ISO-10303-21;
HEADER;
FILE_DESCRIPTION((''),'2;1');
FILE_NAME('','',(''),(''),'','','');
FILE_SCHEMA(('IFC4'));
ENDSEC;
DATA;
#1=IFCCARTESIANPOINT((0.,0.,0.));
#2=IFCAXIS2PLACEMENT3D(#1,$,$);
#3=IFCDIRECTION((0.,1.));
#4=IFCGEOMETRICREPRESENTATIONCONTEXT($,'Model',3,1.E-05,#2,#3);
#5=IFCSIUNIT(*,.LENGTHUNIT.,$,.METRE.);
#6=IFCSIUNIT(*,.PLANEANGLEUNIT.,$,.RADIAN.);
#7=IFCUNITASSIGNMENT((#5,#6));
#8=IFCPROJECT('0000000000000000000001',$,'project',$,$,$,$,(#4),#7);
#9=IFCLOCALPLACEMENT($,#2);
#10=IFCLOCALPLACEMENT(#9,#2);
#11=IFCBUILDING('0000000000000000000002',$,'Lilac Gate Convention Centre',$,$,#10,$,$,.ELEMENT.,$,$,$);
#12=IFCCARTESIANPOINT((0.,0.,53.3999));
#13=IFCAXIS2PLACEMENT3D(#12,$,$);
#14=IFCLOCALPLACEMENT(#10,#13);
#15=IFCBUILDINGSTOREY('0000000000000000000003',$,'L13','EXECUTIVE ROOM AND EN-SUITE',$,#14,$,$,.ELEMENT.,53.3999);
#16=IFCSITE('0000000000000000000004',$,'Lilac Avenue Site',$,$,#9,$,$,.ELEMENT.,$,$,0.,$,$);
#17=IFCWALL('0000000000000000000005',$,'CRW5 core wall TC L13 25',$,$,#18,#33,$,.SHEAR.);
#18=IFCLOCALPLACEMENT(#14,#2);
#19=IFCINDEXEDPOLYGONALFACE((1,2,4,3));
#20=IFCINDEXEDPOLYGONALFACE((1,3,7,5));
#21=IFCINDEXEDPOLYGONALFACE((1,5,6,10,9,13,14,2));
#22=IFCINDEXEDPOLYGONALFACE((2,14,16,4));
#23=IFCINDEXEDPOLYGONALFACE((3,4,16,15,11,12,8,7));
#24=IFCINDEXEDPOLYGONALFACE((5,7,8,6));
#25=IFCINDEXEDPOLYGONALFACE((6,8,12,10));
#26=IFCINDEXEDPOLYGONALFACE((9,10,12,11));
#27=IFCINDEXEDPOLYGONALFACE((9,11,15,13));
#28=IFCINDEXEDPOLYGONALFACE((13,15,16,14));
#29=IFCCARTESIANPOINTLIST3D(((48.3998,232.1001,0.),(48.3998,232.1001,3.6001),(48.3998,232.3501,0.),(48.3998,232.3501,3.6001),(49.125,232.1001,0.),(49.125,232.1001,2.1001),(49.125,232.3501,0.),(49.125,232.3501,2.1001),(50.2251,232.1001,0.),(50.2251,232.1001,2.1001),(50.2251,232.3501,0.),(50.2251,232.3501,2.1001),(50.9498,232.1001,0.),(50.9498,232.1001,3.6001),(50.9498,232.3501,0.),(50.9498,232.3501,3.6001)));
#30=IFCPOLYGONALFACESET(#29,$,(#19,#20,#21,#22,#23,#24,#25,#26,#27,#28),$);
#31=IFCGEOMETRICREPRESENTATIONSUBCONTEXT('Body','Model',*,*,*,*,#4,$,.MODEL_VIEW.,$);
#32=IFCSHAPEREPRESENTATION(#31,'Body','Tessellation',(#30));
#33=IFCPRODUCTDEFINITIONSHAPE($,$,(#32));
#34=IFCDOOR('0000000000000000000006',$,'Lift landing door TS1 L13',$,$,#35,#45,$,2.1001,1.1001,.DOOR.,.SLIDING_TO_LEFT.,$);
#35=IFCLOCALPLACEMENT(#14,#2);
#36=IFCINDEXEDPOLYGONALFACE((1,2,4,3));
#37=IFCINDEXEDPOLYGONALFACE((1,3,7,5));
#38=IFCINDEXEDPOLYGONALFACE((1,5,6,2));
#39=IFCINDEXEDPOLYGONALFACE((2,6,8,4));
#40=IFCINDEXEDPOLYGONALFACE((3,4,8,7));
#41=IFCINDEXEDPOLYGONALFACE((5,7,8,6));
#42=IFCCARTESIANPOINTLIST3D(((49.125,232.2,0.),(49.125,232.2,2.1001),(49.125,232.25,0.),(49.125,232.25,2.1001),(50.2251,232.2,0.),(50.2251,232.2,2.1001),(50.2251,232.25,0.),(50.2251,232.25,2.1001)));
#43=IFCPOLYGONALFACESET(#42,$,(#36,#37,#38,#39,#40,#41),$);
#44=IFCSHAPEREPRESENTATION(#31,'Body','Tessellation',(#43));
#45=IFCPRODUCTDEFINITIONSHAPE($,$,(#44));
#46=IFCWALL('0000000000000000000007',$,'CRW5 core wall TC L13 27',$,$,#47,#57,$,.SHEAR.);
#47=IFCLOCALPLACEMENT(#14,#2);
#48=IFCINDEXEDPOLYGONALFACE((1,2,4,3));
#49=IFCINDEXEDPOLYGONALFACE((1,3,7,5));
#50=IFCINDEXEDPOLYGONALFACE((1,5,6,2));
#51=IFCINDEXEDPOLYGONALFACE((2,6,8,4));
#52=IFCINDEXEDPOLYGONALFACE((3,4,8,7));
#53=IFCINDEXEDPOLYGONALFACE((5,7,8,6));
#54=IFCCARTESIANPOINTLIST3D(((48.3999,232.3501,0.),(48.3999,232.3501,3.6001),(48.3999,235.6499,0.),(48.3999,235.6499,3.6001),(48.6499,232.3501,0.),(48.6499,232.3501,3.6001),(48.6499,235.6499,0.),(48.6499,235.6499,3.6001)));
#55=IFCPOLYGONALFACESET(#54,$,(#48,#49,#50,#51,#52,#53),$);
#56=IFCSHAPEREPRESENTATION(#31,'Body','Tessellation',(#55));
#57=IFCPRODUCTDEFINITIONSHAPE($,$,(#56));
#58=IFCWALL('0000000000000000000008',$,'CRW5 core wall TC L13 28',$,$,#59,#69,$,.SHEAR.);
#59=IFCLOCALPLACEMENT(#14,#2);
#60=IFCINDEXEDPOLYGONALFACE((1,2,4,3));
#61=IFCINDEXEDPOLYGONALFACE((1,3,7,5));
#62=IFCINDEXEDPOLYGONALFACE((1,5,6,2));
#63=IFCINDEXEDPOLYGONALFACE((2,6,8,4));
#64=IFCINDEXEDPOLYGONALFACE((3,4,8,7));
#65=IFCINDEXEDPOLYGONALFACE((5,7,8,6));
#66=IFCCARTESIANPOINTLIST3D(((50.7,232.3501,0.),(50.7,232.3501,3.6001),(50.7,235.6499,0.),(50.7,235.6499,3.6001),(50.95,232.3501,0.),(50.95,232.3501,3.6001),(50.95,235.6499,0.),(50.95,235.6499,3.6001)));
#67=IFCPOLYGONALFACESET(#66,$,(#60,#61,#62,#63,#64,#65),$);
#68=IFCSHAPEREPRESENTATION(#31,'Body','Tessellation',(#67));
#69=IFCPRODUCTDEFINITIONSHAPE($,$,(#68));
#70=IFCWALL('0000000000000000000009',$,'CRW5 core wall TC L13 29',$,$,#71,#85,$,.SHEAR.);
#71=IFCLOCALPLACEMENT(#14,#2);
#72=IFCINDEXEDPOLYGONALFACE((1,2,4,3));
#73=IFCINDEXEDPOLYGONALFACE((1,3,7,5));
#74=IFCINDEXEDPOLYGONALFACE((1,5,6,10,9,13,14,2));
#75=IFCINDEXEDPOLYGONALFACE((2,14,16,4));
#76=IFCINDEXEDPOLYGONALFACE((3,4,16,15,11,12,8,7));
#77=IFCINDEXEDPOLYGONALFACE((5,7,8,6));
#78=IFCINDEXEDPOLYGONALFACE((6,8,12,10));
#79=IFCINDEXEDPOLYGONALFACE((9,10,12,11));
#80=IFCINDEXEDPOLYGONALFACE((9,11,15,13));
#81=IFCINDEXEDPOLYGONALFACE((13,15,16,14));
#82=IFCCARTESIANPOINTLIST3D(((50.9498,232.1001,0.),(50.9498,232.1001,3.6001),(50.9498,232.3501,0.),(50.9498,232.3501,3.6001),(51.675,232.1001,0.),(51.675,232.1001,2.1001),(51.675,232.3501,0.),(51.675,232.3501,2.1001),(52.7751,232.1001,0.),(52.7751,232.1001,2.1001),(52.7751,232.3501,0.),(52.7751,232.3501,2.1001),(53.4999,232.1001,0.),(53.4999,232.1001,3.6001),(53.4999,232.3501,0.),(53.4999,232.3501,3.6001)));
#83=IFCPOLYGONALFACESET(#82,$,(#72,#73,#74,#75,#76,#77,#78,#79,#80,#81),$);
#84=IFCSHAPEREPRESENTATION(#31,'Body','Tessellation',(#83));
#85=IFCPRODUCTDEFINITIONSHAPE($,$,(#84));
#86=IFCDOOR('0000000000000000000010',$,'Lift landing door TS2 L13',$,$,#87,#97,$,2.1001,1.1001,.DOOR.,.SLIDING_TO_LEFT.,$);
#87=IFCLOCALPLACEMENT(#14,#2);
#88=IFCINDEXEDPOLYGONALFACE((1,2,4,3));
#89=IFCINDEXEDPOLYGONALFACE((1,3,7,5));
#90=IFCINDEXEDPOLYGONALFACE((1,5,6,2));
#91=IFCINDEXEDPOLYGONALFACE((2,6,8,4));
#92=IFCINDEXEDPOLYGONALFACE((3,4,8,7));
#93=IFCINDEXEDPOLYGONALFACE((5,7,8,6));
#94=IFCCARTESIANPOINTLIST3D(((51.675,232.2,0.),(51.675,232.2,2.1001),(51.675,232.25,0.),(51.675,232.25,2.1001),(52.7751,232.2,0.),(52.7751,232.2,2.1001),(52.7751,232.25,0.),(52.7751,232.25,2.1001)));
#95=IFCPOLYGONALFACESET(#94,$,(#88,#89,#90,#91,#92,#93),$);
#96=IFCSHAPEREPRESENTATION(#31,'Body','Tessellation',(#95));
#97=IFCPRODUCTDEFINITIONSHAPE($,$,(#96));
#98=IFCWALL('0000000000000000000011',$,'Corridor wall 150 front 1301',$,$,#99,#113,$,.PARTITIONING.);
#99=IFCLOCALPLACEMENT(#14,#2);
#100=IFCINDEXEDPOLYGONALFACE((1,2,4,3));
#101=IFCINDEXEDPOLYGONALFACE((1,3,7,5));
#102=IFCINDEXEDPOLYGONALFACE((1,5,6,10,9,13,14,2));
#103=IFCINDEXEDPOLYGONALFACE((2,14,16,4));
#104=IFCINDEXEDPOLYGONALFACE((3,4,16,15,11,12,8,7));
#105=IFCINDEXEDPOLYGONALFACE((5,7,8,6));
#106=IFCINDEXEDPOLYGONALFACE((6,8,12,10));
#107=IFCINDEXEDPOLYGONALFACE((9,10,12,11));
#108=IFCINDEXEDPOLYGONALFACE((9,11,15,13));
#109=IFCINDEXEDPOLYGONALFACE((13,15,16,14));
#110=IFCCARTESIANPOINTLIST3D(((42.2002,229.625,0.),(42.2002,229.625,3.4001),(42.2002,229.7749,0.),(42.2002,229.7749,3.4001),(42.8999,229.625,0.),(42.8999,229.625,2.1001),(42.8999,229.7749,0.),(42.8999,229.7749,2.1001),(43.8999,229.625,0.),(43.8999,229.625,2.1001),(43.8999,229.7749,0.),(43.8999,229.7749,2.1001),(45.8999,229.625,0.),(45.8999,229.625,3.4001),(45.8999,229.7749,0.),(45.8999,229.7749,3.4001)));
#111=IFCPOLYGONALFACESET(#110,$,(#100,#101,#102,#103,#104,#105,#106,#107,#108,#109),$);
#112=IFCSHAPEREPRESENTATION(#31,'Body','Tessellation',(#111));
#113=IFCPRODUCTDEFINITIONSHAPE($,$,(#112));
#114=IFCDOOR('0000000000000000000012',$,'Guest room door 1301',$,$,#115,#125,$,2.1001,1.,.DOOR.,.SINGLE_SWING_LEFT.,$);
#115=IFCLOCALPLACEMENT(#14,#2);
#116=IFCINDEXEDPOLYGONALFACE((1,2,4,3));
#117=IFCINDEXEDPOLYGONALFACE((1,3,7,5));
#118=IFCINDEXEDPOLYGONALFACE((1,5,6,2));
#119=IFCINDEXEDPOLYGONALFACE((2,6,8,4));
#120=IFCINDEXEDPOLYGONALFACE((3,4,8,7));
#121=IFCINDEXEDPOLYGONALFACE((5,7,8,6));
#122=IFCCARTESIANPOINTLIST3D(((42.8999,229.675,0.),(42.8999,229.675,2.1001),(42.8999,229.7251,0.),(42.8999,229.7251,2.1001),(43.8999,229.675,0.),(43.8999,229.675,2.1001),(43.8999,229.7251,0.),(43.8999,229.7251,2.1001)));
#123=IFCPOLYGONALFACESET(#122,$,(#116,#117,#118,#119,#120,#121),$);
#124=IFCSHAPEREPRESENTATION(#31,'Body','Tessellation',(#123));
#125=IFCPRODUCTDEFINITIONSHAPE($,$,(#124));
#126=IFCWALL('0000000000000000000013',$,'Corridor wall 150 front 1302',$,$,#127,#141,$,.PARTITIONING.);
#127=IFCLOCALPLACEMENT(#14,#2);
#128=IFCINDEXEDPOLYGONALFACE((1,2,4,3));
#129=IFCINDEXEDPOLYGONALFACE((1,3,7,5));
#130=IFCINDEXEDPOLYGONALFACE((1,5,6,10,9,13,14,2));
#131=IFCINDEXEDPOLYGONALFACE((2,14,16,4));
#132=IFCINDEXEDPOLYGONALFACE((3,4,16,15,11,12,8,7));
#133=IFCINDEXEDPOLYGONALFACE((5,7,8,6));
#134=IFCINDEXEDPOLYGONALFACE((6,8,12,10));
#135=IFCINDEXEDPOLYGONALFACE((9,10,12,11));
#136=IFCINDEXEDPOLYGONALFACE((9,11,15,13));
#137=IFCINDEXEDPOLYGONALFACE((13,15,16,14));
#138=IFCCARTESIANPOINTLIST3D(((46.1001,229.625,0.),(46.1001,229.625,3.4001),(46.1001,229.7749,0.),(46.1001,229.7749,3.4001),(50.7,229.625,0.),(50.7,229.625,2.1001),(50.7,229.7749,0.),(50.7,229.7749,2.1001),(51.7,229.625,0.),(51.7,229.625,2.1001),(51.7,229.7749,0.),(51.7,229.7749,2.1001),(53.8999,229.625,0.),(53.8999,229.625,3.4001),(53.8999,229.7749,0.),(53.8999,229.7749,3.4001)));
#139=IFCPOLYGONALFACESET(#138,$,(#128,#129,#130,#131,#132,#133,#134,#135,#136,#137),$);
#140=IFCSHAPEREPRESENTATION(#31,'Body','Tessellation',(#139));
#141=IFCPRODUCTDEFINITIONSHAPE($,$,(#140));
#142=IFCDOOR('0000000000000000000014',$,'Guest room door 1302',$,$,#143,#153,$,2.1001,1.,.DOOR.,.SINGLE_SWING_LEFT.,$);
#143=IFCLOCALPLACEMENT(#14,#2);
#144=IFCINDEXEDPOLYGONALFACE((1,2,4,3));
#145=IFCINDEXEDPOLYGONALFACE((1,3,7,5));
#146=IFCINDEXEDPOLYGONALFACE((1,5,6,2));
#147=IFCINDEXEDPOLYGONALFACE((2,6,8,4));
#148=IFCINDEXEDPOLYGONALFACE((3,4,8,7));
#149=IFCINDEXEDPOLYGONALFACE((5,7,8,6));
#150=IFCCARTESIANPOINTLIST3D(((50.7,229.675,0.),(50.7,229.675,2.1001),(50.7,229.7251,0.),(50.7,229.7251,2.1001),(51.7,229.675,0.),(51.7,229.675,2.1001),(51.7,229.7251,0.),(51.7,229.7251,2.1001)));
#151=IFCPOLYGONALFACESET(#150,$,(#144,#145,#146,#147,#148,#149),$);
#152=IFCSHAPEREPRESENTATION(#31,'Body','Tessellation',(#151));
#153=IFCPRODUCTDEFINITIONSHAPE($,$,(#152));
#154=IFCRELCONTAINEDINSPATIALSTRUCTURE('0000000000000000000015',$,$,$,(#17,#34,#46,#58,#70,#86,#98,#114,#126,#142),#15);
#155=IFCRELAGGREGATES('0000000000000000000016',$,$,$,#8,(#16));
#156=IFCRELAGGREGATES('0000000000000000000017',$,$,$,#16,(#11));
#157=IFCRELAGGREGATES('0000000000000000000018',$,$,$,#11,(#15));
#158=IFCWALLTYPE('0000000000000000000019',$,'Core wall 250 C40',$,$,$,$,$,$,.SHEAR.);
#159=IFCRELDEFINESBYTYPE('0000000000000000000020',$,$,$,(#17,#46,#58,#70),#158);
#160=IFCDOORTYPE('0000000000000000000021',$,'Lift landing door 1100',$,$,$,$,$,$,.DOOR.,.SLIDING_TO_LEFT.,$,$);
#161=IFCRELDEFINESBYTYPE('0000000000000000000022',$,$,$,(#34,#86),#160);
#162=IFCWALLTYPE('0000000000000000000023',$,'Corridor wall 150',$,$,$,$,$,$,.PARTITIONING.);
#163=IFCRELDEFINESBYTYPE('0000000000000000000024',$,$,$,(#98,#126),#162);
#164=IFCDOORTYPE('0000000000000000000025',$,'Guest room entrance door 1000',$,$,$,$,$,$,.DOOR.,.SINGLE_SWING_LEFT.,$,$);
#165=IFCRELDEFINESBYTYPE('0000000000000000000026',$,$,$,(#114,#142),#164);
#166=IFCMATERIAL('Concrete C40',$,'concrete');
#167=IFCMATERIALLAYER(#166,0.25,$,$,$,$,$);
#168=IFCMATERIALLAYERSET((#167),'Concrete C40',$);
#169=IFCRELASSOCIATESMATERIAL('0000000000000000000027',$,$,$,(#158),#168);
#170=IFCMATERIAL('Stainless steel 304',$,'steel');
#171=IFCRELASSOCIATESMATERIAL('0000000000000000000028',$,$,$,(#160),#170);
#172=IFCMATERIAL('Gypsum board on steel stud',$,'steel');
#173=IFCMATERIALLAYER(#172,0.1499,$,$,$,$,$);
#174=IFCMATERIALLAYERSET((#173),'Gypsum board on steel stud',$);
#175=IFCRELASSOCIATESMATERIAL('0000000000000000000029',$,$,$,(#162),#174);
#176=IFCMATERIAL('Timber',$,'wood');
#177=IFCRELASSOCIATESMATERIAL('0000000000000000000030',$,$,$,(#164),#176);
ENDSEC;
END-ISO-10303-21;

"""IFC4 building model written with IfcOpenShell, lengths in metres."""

from ifc_helpers import new_model, si_unit, direction, frame, frame_2d, origin, place, context, subcontext, project, spatial, rectangle, extrude, material, layer, layer_set, type_object, element, fill, save


model = new_model("IFC4")

# Units and contexts
model_context = context("Model", 3, precision=1e-05, world=origin(), true_north=direction((0.0, 1.0)))
body_context = subcontext(model_context, "Body", "Model", "MODEL_VIEW")
ifc_project = project(units=[si_unit("LENGTHUNIT", "METRE"), si_unit("PLANEANGLEUNIT", "RADIAN")], contexts=[model_context])

# Site, building, storey
site_placement = place(None, origin())
site = spatial("IfcSite", under=ifc_project, at=site_placement, Name="Lilac Avenue Site", CompositionType="ELEMENT", RefElevation=0.0)
building_placement = place(site_placement, origin())
building = spatial("IfcBuilding", under=site, at=building_placement, Name="Lilac Gate Convention Centre", CompositionType="ELEMENT")
storey_placement = place(building_placement, frame((0.0, 0.0, 53.3999)))
storey = spatial("IfcBuildingStorey", under=building, at=storey_placement, Name="L13", Description="EXECUTIVE ROOM AND EN-SUITE", CompositionType="ELEMENT", Elevation=53.3999)

# Shared definitions
ifc_material_1 = material(Name="Concrete C40", Category="concrete")
ifc_layer_1 = layer(ifc_material_1, 0.25)
ifc_layer_set_1 = layer_set([ifc_layer_1], Name="Concrete C40")
wall_type_1 = type_object("IfcWallType", Name="Core wall 250 C40", PredefinedType="SHEAR", material=ifc_layer_set_1)
ifc_material_2 = material(Name="Stainless steel 304", Category="steel")
door_type_1 = type_object("IfcDoorType", Name="Lift landing door 1100", OperationType="SLIDING_TO_LEFT", PredefinedType="DOOR", material=ifc_material_2)

# Wall, opening, door
wall_1_placement = place(storey_placement, frame((48.3999, 232.2251, 0.0), z_axis=(0.0, 0.0, 1.0), x_axis=(1.0, 0.0, 0.0)))
wall_1 = element("IfcWall", 1, at=wall_1_placement, inside=storey, type_object=wall_type_1, Name="CRW5 core wall TC L13 25", PredefinedType="SHEAR", context=body_context, shape_type="SweptSolid", body=[
    extrude(rectangle(XDim=2.55, YDim=0.25, at=frame_2d((1.2749, 0.0))), origin(), (0.0, 0.0, 1.0), 3.6001),
])
opening_1_placement = place(wall_1_placement, frame((0.7251, 0.0, 0.0)))
opening_1 = element("IfcOpeningElement", 2, at=opening_1_placement, cuts=wall_1, PredefinedType="OPENING", context=body_context, shape_type="SweptSolid", body=[
    extrude(rectangle(XDim=1.1001, YDim=2.1001, at=frame_2d((0.55, 1.05))), frame((0.0, 0.135, 0.0), z_axis=(0.0, -1.0, 0.0), x_axis=(1.0, 0.0, 0.0)), (0.0, 0.0, 1.0), 0.27),
])
door_1_placement = place(opening_1_placement, origin())
door_1 = element("IfcDoor", 3, at=door_1_placement, inside=storey, type_object=door_type_1, Name="Lift landing door TS1 L13", OperationType="SLIDING_TO_LEFT", OverallHeight=2.1001, OverallWidth=1.1001, PredefinedType="DOOR", context=body_context, shape_type="SweptSolid", body=[
    extrude(rectangle(XDim=1.1001, YDim=2.1001, at=frame_2d((0.55, 1.05))), frame((0.0, 0.0249, 0.0), z_axis=(0.0, -1.0, 0.0), x_axis=(1.0, 0.0, 0.0)), (0.0, 0.0, 1.0), 0.05),
])
fill(opening_1, door_1)

# Walls
for number, where, z_axis, x_axis, name in (
    (4, (48.5249, 232.3501, 0.0), (0.0, 0.0, 1.0), (0.0, 1.0, 0.0), "CRW5 core wall TC L13 27"),
    (5, (50.825, 232.3501, 0.0), (0.0, 0.0, 1.0), (0.0, 1.0, 0.0), "CRW5 core wall TC L13 28"),
):
    element("IfcWall", number, at=place(storey_placement, frame(where, z_axis=z_axis, x_axis=x_axis)), inside=storey, type_object=wall_type_1, Name=name, PredefinedType="SHEAR", context=body_context, shape_type="SweptSolid", body=[
        extrude(rectangle(XDim=3.2998, YDim=0.25, at=frame_2d((1.6499, 0.0))), origin(), (0.0, 0.0, 1.0), 3.6001),
    ])

# Walls, openings, doors
wall_2_placement = place(storey_placement, frame((50.95, 232.2251, 0.0), z_axis=(0.0, 0.0, 1.0), x_axis=(1.0, 0.0, 0.0)))
wall_2 = element("IfcWall", 6, at=wall_2_placement, inside=storey, type_object=wall_type_1, Name="CRW5 core wall TC L13 29", PredefinedType="SHEAR", context=body_context, shape_type="SweptSolid", body=[
    extrude(rectangle(XDim=2.55, YDim=0.25, at=frame_2d((1.2749, 0.0))), origin(), (0.0, 0.0, 1.0), 3.6001),
])
opening_2_placement = place(wall_2_placement, frame((0.7251, 0.0, 0.0)))
opening_2 = element("IfcOpeningElement", 7, at=opening_2_placement, cuts=wall_2, PredefinedType="OPENING", context=body_context, shape_type="SweptSolid", body=[
    extrude(rectangle(XDim=1.1001, YDim=2.1001, at=frame_2d((0.55, 1.05))), frame((0.0, 0.135, 0.0), z_axis=(0.0, -1.0, 0.0), x_axis=(1.0, 0.0, 0.0)), (0.0, 0.0, 1.0), 0.27),
])
door_2_placement = place(opening_2_placement, origin())
door_2 = element("IfcDoor", 8, at=door_2_placement, inside=storey, type_object=door_type_1, Name="Lift landing door TS2 L13", OperationType="SLIDING_TO_LEFT", OverallHeight=2.1001, OverallWidth=1.1001, PredefinedType="DOOR", context=body_context, shape_type="SweptSolid", body=[
    extrude(rectangle(XDim=1.1001, YDim=2.1001, at=frame_2d((0.55, 1.05))), frame((0.0, 0.0249, 0.0), z_axis=(0.0, -1.0, 0.0), x_axis=(1.0, 0.0, 0.0)), (0.0, 0.0, 1.0), 0.05),
])
fill(opening_2, door_2)
ifc_material_3 = material(Name="Gypsum board on steel stud", Category="steel")
ifc_layer_2 = layer(ifc_material_3, 0.1499)
ifc_layer_set_2 = layer_set([ifc_layer_2], Name="Gypsum board on steel stud")
wall_type_2 = type_object("IfcWallType", Name="Corridor wall 150", PredefinedType="PARTITIONING", material=ifc_layer_set_2)
wall_3_placement = place(storey_placement, frame((45.8999, 229.7, 0.0), z_axis=(0.0, 0.0, 1.0), x_axis=(-1.0, 0.0, 0.0)))
wall_3 = element("IfcWall", 9, at=wall_3_placement, inside=storey, type_object=wall_type_2, Name="Corridor wall 150 front 1301", PredefinedType="PARTITIONING", context=body_context, shape_type="SweptSolid", body=[
    extrude(rectangle(XDim=3.6997, YDim=0.1499, at=frame_2d((1.8499, 0.0))), origin(), (0.0, 0.0, 1.0), 3.4001),
])
opening_3_placement = place(wall_3_placement, frame((2.0, 0.0, 0.0)))
opening_3 = element("IfcOpeningElement", 10, at=opening_3_placement, cuts=wall_3, PredefinedType="OPENING", context=body_context, shape_type="SweptSolid", body=[
    extrude(rectangle(XDim=1.0, YDim=2.1001, at=frame_2d((0.5, 1.05))), frame((0.0, 0.085, 0.0), z_axis=(0.0, -1.0, 0.0), x_axis=(1.0, 0.0, 0.0)), (0.0, 0.0, 1.0), 0.1699),
])
ifc_material_4 = material(Name="Timber", Category="wood")
door_type_2 = type_object("IfcDoorType", Name="Guest room entrance door 1000", OperationType="SINGLE_SWING_LEFT", PredefinedType="DOOR", material=ifc_material_4)
door_3_placement = place(opening_3_placement, origin())
door_3 = element("IfcDoor", 11, at=door_3_placement, inside=storey, type_object=door_type_2, Name="Guest room door 1301", OperationType="SINGLE_SWING_LEFT", OverallHeight=2.1001, OverallWidth=1.0, PredefinedType="DOOR", context=body_context, shape_type="SweptSolid", body=[
    extrude(rectangle(XDim=1.0, YDim=2.1001, at=frame_2d((0.5, 1.05))), frame((0.0, 0.0249, 0.0), z_axis=(0.0, -1.0, 0.0), x_axis=(1.0, 0.0, 0.0)), (0.0, 0.0, 1.0), 0.05),
])
fill(opening_3, door_3)
wall_4_placement = place(storey_placement, frame((53.8999, 229.7, 0.0), z_axis=(0.0, 0.0, 1.0), x_axis=(-1.0, 0.0, 0.0)))
wall_4 = element("IfcWall", 12, at=wall_4_placement, inside=storey, type_object=wall_type_2, Name="Corridor wall 150 front 1302", PredefinedType="PARTITIONING", context=body_context, shape_type="SweptSolid", body=[
    extrude(rectangle(XDim=7.7998, YDim=0.1499, at=frame_2d((3.8999, 0.0))), origin(), (0.0, 0.0, 1.0), 3.4001),
])
opening_4_placement = place(wall_4_placement, frame((2.2, 0.0, 0.0)))
opening_4 = element("IfcOpeningElement", 13, at=opening_4_placement, cuts=wall_4, PredefinedType="OPENING", context=body_context, shape_type="SweptSolid", body=[
    extrude(rectangle(XDim=1.0, YDim=2.1001, at=frame_2d((0.5, 1.05))), frame((0.0, 0.085, 0.0), z_axis=(0.0, -1.0, 0.0), x_axis=(1.0, 0.0, 0.0)), (0.0, 0.0, 1.0), 0.1699),
])
door_4_placement = place(opening_4_placement, origin())
door_4 = element("IfcDoor", 14, at=door_4_placement, inside=storey, type_object=door_type_2, Name="Guest room door 1302", OperationType="SINGLE_SWING_LEFT", OverallHeight=2.1001, OverallWidth=1.0, PredefinedType="DOOR", context=body_context, shape_type="SweptSolid", body=[
    extrude(rectangle(XDim=1.0, YDim=2.1001, at=frame_2d((0.5, 1.05))), frame((0.0, 0.0249, 0.0), z_axis=(0.0, -1.0, 0.0), x_axis=(1.0, 0.0, 0.0)), (0.0, 0.0, 1.0), 0.05),
])
fill(opening_4, door_4)

save(model, "model.ifc")
